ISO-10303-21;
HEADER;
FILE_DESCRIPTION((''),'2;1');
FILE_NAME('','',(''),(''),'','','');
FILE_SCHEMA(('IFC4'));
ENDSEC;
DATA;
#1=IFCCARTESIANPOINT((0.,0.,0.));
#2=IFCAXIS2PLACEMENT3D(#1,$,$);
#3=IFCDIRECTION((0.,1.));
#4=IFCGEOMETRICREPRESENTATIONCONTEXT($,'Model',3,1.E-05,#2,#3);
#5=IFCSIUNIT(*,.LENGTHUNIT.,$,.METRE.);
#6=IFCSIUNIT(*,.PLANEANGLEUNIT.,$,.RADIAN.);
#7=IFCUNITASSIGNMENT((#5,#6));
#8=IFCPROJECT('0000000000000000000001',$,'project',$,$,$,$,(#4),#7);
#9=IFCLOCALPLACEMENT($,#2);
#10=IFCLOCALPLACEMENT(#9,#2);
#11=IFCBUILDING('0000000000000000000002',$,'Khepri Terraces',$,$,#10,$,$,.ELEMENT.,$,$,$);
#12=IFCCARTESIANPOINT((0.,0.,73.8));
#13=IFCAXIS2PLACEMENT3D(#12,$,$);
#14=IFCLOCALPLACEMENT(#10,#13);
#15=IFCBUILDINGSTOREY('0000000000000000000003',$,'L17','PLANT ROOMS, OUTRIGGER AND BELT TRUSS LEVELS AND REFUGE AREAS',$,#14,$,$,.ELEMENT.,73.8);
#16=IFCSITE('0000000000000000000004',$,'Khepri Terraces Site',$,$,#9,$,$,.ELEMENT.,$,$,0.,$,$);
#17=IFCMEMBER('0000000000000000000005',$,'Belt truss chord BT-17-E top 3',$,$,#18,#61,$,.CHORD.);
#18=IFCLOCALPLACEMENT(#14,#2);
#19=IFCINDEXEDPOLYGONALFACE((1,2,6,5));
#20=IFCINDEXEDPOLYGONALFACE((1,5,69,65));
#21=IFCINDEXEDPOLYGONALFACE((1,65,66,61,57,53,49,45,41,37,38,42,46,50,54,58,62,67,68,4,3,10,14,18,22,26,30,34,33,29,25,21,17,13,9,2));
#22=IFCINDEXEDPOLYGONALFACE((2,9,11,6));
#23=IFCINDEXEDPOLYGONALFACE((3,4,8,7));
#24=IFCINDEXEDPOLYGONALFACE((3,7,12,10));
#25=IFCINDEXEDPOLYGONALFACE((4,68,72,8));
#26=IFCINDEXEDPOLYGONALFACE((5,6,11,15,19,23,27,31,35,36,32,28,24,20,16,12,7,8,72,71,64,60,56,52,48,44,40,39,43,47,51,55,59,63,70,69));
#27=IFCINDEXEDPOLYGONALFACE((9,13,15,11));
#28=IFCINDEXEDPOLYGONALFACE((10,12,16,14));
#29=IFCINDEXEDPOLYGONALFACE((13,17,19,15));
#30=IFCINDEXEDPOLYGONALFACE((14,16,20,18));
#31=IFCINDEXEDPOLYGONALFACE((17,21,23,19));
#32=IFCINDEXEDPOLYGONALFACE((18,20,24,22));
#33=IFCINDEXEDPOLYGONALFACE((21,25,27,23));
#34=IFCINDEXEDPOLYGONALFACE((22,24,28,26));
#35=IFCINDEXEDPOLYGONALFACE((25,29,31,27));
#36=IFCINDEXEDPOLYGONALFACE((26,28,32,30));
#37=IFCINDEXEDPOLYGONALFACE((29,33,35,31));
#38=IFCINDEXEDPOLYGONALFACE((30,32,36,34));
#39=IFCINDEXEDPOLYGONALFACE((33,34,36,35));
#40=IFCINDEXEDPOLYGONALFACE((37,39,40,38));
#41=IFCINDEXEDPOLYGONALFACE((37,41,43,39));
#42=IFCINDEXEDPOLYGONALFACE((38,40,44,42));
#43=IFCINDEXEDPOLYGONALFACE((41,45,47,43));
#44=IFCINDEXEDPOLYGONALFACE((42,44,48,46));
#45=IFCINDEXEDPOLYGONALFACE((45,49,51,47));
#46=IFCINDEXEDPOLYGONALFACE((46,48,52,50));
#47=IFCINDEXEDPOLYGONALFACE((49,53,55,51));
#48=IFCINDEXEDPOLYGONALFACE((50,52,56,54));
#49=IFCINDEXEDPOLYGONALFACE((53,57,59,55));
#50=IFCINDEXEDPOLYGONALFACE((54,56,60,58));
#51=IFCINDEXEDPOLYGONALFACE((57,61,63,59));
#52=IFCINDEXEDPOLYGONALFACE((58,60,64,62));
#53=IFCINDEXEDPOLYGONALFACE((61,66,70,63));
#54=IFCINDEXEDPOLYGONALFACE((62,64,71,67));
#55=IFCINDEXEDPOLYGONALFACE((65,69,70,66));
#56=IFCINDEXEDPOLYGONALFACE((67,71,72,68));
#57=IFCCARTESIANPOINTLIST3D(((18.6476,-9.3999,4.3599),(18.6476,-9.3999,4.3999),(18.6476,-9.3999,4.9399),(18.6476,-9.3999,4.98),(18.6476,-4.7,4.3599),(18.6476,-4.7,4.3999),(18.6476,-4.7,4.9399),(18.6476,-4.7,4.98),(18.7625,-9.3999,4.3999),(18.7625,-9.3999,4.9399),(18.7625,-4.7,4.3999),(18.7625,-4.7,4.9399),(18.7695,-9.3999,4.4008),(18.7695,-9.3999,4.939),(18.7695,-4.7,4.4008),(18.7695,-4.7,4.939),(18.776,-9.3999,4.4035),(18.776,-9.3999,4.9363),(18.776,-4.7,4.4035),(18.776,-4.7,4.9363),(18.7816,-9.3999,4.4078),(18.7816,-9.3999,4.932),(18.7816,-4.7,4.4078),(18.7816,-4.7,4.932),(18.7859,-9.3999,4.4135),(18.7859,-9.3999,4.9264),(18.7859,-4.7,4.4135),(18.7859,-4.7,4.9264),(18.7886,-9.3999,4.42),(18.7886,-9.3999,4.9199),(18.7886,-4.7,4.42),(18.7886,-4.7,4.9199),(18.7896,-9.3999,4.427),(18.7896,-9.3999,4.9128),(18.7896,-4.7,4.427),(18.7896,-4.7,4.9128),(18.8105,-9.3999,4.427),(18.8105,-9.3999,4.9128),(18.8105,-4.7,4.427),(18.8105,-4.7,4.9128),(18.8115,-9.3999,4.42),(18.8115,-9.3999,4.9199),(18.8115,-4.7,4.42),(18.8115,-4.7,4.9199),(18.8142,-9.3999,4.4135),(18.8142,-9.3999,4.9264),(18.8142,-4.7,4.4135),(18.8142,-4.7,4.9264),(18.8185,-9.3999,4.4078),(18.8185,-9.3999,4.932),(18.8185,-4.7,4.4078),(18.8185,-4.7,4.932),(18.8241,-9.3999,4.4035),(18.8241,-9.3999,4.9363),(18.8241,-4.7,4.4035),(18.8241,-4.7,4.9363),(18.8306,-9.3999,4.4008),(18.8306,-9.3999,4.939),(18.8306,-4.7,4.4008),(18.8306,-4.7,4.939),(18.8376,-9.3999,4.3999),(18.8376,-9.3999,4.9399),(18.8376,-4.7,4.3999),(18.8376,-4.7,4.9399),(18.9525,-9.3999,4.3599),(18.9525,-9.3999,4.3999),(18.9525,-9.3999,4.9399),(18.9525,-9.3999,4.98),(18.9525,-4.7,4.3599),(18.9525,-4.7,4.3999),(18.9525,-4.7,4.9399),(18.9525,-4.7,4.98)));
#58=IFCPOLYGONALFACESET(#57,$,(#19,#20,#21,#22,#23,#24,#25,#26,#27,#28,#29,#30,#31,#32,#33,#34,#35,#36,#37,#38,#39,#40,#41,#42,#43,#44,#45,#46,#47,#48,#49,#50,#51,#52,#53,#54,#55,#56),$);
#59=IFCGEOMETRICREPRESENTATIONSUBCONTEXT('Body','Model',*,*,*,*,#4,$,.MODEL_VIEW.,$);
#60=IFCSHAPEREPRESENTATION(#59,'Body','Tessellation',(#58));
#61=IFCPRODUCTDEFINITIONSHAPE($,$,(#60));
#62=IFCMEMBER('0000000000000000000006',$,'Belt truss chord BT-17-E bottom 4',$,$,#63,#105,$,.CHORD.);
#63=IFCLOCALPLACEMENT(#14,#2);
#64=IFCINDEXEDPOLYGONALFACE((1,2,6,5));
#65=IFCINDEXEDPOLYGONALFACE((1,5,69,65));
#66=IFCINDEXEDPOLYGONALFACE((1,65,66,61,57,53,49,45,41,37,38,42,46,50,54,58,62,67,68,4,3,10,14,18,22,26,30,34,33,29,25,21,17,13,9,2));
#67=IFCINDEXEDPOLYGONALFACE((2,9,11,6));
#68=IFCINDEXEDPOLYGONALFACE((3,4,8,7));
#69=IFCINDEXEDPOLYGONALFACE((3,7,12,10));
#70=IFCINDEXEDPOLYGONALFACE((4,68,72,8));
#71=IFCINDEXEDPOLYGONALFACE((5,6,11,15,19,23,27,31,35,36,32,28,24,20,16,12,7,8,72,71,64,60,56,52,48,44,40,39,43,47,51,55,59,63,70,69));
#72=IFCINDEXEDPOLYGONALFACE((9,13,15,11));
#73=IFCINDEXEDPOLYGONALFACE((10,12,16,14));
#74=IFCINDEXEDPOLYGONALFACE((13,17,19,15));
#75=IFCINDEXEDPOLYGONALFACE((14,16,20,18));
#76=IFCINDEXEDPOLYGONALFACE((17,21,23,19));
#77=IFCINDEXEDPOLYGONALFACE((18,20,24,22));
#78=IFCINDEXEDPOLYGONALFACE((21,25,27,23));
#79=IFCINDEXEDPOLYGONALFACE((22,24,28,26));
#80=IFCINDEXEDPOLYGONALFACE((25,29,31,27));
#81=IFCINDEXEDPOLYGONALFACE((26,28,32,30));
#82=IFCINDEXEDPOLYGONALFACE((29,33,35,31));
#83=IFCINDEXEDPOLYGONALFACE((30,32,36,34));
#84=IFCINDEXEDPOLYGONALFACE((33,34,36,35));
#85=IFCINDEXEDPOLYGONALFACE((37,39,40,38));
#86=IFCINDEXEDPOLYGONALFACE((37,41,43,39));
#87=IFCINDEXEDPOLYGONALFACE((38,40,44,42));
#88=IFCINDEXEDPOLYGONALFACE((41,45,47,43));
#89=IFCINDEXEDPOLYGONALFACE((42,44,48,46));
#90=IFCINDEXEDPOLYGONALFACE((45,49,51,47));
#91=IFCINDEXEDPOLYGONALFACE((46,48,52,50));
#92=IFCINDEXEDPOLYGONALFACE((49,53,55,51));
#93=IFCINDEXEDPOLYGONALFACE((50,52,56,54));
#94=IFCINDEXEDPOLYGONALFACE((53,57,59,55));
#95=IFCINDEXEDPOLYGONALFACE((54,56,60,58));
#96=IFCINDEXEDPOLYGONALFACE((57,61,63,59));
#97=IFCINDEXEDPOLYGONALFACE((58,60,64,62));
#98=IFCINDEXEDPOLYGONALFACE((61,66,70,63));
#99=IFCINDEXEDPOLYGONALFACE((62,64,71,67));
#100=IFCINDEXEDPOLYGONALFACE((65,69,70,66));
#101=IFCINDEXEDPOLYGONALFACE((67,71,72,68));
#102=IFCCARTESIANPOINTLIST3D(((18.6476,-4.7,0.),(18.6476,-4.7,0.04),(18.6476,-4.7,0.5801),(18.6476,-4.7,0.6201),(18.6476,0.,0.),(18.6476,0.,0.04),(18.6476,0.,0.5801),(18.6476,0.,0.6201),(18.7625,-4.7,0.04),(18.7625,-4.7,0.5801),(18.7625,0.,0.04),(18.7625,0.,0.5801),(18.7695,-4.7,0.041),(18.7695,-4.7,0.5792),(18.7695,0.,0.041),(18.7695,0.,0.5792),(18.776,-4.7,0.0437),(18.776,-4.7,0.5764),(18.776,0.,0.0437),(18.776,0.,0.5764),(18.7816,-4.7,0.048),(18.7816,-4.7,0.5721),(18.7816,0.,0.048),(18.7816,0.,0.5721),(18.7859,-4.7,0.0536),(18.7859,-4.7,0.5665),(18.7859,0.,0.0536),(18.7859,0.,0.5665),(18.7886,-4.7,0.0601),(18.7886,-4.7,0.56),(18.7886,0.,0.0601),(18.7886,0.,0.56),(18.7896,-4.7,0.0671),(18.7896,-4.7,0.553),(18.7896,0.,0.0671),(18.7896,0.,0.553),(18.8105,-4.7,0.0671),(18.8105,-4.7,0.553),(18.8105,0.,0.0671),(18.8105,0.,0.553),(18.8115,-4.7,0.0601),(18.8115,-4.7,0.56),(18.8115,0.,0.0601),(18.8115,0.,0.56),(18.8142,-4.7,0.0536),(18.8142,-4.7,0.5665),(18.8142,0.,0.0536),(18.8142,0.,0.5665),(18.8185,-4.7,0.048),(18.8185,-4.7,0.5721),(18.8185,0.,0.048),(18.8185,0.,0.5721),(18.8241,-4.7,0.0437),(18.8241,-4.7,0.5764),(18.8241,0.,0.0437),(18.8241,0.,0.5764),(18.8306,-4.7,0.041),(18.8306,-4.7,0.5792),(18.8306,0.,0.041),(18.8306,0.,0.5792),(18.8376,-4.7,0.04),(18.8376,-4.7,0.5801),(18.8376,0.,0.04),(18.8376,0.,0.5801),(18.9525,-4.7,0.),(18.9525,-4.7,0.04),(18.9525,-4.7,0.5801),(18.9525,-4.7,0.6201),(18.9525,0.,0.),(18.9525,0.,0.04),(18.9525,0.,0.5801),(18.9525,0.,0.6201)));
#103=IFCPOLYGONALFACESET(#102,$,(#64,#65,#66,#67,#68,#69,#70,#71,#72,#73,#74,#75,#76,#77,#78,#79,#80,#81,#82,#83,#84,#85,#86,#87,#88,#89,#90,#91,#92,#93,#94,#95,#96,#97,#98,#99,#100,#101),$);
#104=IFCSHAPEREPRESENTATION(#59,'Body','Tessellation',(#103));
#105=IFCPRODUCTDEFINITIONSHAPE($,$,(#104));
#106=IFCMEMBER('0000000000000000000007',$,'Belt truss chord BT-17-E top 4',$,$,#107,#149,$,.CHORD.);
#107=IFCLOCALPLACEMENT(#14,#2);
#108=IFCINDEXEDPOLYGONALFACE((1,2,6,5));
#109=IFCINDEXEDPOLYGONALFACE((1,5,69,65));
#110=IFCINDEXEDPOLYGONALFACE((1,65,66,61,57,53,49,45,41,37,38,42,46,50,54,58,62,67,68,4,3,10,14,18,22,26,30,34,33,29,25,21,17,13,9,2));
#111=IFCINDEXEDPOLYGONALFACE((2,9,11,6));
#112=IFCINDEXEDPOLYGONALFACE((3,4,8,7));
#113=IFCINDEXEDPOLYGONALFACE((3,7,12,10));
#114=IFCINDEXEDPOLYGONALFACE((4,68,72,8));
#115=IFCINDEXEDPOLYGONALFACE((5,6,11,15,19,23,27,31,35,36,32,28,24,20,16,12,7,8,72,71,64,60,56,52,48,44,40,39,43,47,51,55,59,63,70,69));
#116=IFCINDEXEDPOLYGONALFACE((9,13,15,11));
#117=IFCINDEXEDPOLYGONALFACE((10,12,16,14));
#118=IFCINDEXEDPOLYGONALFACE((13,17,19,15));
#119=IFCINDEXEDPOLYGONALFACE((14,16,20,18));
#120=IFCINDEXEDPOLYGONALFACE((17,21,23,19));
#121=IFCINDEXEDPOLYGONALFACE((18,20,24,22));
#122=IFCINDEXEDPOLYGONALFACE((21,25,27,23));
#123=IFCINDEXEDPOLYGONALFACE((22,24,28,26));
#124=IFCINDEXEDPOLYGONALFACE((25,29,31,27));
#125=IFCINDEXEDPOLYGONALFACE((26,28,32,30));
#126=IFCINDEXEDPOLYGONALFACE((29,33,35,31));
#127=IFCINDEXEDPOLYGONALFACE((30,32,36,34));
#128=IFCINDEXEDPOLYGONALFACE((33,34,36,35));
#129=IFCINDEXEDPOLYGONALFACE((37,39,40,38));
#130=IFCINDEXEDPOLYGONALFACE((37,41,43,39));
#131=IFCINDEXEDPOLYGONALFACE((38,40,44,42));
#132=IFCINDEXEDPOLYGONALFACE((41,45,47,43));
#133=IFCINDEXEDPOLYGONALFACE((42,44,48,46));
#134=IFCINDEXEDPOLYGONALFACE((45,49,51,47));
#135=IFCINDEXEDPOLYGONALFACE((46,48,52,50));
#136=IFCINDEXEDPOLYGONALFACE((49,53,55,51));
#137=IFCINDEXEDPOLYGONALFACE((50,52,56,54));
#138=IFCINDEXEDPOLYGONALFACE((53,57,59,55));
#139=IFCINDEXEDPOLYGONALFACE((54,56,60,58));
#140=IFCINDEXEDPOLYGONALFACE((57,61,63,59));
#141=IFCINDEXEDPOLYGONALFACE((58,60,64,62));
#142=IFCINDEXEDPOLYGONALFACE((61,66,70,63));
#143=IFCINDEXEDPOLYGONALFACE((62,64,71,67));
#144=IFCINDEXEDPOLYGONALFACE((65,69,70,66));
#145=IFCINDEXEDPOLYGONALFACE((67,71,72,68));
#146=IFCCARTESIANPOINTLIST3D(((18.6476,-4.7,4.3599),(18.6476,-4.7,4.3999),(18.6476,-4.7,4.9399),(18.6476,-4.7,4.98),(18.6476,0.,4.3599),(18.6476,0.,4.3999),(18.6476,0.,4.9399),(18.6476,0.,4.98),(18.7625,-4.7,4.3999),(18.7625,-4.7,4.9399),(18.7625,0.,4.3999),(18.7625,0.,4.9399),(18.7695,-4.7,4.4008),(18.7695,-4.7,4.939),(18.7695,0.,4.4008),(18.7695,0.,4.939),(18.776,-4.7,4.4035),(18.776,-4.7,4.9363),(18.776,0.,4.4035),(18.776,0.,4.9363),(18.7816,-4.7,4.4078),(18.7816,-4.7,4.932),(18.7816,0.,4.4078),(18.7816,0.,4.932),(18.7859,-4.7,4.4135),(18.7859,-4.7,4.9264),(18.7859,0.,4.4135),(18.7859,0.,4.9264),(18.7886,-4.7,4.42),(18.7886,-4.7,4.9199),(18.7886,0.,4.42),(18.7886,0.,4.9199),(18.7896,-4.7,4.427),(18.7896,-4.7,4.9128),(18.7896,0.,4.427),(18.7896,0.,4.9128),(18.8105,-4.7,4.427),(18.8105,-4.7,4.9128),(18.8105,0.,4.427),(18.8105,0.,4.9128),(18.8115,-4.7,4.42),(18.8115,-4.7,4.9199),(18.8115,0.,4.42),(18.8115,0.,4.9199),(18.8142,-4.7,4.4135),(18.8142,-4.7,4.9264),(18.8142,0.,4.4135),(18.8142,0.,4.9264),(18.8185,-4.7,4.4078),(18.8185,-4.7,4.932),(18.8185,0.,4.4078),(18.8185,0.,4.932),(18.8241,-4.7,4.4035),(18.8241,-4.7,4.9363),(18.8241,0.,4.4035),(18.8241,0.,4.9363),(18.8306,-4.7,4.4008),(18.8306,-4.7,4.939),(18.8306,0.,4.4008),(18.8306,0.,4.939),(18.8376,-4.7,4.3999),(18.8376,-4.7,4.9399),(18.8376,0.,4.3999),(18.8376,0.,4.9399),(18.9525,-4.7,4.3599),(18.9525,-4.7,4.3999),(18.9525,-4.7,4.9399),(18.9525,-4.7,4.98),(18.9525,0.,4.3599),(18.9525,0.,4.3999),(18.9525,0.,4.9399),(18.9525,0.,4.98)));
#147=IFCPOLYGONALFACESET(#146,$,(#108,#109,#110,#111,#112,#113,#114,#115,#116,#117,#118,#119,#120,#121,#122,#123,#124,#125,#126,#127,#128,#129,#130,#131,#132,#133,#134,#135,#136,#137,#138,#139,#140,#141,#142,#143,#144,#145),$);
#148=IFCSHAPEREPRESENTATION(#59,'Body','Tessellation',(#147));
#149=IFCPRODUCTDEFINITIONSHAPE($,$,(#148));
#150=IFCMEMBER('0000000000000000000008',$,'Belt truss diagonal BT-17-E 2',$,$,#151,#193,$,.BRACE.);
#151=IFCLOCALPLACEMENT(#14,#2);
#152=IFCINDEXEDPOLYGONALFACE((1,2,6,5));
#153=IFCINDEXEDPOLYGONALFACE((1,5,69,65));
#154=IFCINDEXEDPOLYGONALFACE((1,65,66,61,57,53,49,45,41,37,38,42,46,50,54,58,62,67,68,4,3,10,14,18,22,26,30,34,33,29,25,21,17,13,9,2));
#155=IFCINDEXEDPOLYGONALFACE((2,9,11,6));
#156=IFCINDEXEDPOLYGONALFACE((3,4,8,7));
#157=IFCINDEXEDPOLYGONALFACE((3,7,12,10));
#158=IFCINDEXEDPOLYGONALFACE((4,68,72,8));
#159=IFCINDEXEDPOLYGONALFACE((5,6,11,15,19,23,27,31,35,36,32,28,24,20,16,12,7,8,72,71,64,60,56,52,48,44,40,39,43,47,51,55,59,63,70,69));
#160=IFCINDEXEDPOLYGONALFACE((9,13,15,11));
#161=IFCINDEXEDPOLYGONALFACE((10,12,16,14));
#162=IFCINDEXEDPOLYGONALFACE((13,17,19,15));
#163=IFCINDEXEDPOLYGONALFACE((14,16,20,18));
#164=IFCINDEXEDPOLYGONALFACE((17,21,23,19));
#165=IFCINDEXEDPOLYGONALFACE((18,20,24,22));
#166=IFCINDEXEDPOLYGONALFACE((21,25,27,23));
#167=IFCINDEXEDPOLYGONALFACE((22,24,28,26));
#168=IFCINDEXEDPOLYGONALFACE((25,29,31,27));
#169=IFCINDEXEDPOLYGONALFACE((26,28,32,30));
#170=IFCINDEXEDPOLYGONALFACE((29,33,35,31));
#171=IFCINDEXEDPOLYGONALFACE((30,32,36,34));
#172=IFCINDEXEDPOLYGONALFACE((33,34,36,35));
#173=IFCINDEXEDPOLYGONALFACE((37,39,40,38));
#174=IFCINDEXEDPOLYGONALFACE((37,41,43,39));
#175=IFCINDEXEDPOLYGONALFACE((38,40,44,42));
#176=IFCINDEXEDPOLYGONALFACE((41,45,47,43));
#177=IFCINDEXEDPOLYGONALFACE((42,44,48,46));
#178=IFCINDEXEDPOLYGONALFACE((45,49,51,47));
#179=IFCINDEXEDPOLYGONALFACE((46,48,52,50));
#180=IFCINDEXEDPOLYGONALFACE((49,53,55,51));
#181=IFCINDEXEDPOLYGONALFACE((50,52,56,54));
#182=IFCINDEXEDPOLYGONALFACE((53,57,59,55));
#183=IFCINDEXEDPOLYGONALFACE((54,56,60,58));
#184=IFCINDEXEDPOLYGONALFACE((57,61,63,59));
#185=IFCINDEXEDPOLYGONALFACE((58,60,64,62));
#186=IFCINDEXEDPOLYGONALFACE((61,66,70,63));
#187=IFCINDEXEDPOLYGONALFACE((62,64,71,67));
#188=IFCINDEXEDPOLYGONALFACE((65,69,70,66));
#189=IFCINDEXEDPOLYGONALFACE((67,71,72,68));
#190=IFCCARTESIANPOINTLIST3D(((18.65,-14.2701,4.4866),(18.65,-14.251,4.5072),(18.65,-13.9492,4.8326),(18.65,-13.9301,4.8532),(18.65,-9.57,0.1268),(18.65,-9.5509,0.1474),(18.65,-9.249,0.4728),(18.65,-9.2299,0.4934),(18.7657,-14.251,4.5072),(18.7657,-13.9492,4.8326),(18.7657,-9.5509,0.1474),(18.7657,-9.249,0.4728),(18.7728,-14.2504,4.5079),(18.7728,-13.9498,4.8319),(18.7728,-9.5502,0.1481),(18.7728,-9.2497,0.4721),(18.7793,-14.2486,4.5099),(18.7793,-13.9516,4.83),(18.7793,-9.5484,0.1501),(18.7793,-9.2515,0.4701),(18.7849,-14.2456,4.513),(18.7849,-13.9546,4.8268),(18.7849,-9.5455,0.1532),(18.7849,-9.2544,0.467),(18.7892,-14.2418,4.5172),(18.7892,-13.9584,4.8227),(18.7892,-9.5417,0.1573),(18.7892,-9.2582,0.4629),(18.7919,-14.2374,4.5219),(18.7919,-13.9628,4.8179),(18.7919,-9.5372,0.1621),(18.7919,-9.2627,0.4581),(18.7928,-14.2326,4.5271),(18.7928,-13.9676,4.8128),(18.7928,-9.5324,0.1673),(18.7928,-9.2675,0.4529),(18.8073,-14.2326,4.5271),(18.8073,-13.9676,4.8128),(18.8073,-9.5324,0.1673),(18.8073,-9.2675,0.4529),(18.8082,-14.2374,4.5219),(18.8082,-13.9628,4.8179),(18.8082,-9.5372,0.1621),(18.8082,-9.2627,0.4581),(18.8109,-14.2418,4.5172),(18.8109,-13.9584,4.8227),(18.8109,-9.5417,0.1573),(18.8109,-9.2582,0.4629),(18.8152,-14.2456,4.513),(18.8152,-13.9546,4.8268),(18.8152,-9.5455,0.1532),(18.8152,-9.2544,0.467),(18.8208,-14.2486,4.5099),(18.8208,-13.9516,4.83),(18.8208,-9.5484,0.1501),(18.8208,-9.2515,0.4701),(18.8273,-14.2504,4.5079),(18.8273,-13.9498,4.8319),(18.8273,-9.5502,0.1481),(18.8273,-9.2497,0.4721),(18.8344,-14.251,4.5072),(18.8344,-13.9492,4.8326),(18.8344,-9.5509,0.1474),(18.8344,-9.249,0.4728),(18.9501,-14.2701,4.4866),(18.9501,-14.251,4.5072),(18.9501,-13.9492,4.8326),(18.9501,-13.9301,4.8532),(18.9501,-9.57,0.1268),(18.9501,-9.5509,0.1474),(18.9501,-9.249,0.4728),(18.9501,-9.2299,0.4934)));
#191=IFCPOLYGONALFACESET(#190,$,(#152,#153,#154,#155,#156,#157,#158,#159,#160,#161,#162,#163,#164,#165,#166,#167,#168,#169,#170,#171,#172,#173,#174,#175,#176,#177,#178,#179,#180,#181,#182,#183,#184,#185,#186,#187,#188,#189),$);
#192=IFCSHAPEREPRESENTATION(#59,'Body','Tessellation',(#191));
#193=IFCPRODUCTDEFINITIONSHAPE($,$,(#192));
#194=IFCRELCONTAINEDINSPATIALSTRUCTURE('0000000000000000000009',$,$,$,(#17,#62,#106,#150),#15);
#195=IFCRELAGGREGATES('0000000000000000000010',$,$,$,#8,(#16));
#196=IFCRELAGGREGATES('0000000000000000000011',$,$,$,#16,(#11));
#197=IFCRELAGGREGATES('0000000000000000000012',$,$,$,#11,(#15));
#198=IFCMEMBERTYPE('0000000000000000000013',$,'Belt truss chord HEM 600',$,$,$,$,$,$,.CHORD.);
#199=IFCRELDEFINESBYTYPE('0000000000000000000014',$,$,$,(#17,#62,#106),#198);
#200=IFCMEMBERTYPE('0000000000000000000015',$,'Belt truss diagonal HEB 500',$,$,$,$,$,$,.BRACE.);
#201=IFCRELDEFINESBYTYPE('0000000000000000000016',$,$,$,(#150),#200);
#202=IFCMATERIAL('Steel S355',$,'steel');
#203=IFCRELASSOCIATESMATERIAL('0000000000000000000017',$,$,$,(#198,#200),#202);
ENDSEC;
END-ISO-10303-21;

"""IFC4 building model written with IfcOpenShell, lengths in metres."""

from ifc_helpers import new_model, si_unit, direction, frame, origin, origin_2d, place, context, subcontext, project, spatial, i_section, extrude, material, material_profile, profile_set, type_object, element, save


model = new_model("IFC4")

# Units and contexts
model_context = context("Model", 3, precision=1e-05, world=origin(), true_north=direction((0.0, 1.0)))
body_context = subcontext(model_context, "Body", "Model", "MODEL_VIEW")
ifc_project = project(units=[si_unit("LENGTHUNIT", "METRE"), si_unit("PLANEANGLEUNIT", "RADIAN")], contexts=[model_context])

# Site, building, storey
site_placement = place(None, origin())
site = spatial("IfcSite", under=ifc_project, at=site_placement, Name="Khepri Terraces Site", CompositionType="ELEMENT", RefElevation=0.0)
building_placement = place(site_placement, origin())
building = spatial("IfcBuilding", under=site, at=building_placement, Name="Khepri Terraces", CompositionType="ELEMENT")
storey_placement = place(building_placement, frame((0.0, 0.0, 73.8)))
storey = spatial("IfcBuildingStorey", under=building, at=storey_placement, Name="L17", Description="PLANT ROOMS, OUTRIGGER AND BELT TRUSS LEVELS AND REFUGE AREAS", CompositionType="ELEMENT", Elevation=73.8)

# Members
ifc_material_1 = material(Name="Steel S355", Category="steel")
ifc_material_profile_1 = material_profile(ifc_material_1, i_section(OverallWidth=0.3049, OverallDepth=0.6201, WebThickness=0.021, FlangeThickness=0.04, FilletRadius=0.0271, at=origin_2d()), Name="Steel S355", Category="steel")
ifc_profile_set_1 = profile_set([ifc_material_profile_1], Name="Steel S355")
member_type_1 = type_object("IfcMemberType", Name="Belt truss chord HEM 600", PredefinedType="CHORD", material=ifc_profile_set_1)
for number, where, z_axis, x_axis, name in (
    (1, (18.8, -9.3999, 4.6699), (0.0, 1.0, 0.0), (-1.0, 0.0, 0.0), "Belt truss chord BT-17-E top 3"),
    (2, (18.8, -4.7, 0.3101), (0.0, 1.0, 0.0), (-1.0, 0.0, 0.0), "Belt truss chord BT-17-E bottom 4"),
    (3, (18.8, -4.7, 4.6699), (0.0, 1.0, 0.0), (-1.0, 0.0, 0.0), "Belt truss chord BT-17-E top 4"),
):
    element("IfcMember", number, at=place(storey_placement, frame(where, z_axis=z_axis, x_axis=x_axis)), inside=storey, type_object=member_type_1, Name=name, PredefinedType="CHORD", context=body_context, shape_type="SweptSolid", body=[
        extrude(i_section(OverallWidth=0.3049, OverallDepth=0.6201, WebThickness=0.021, FlangeThickness=0.04, FilletRadius=0.0271, at=origin_2d()), origin(), (0.0, 0.0, 1.0), 4.7),
    ])
ifc_material_profile_2 = material_profile(ifc_material_1, i_section(OverallWidth=0.3, OverallDepth=0.5, WebThickness=0.0144, FlangeThickness=0.0281, FilletRadius=0.0271, at=origin_2d()), Name="Steel S355", Category="steel")
ifc_profile_set_2 = profile_set([ifc_material_profile_2], Name="Steel S355")
member_type_2 = type_object("IfcMemberType", Name="Belt truss diagonal HEB 500", PredefinedType="BRACE", material=ifc_profile_set_2)
for number, where, z_axis, x_axis, name in (
    (4, (18.8, -14.1001, 4.6699), (0.0, 0.733151, -0.680065), (-1.0, 0.0, 0.0), "Belt truss diagonal BT-17-E 2"),
):
    element("IfcMember", number, at=place(storey_placement, frame(where, z_axis=z_axis, x_axis=x_axis)), inside=storey, type_object=member_type_2, Name=name, PredefinedType="BRACE", context=body_context, shape_type="SweptSolid", body=[
        extrude(i_section(OverallWidth=0.3, OverallDepth=0.5, WebThickness=0.0144, FlangeThickness=0.0281, FilletRadius=0.0271, at=origin_2d()), origin(), (0.0, 0.0, 1.0), 6.4109),
    ])

save(model, "model.ifc")
